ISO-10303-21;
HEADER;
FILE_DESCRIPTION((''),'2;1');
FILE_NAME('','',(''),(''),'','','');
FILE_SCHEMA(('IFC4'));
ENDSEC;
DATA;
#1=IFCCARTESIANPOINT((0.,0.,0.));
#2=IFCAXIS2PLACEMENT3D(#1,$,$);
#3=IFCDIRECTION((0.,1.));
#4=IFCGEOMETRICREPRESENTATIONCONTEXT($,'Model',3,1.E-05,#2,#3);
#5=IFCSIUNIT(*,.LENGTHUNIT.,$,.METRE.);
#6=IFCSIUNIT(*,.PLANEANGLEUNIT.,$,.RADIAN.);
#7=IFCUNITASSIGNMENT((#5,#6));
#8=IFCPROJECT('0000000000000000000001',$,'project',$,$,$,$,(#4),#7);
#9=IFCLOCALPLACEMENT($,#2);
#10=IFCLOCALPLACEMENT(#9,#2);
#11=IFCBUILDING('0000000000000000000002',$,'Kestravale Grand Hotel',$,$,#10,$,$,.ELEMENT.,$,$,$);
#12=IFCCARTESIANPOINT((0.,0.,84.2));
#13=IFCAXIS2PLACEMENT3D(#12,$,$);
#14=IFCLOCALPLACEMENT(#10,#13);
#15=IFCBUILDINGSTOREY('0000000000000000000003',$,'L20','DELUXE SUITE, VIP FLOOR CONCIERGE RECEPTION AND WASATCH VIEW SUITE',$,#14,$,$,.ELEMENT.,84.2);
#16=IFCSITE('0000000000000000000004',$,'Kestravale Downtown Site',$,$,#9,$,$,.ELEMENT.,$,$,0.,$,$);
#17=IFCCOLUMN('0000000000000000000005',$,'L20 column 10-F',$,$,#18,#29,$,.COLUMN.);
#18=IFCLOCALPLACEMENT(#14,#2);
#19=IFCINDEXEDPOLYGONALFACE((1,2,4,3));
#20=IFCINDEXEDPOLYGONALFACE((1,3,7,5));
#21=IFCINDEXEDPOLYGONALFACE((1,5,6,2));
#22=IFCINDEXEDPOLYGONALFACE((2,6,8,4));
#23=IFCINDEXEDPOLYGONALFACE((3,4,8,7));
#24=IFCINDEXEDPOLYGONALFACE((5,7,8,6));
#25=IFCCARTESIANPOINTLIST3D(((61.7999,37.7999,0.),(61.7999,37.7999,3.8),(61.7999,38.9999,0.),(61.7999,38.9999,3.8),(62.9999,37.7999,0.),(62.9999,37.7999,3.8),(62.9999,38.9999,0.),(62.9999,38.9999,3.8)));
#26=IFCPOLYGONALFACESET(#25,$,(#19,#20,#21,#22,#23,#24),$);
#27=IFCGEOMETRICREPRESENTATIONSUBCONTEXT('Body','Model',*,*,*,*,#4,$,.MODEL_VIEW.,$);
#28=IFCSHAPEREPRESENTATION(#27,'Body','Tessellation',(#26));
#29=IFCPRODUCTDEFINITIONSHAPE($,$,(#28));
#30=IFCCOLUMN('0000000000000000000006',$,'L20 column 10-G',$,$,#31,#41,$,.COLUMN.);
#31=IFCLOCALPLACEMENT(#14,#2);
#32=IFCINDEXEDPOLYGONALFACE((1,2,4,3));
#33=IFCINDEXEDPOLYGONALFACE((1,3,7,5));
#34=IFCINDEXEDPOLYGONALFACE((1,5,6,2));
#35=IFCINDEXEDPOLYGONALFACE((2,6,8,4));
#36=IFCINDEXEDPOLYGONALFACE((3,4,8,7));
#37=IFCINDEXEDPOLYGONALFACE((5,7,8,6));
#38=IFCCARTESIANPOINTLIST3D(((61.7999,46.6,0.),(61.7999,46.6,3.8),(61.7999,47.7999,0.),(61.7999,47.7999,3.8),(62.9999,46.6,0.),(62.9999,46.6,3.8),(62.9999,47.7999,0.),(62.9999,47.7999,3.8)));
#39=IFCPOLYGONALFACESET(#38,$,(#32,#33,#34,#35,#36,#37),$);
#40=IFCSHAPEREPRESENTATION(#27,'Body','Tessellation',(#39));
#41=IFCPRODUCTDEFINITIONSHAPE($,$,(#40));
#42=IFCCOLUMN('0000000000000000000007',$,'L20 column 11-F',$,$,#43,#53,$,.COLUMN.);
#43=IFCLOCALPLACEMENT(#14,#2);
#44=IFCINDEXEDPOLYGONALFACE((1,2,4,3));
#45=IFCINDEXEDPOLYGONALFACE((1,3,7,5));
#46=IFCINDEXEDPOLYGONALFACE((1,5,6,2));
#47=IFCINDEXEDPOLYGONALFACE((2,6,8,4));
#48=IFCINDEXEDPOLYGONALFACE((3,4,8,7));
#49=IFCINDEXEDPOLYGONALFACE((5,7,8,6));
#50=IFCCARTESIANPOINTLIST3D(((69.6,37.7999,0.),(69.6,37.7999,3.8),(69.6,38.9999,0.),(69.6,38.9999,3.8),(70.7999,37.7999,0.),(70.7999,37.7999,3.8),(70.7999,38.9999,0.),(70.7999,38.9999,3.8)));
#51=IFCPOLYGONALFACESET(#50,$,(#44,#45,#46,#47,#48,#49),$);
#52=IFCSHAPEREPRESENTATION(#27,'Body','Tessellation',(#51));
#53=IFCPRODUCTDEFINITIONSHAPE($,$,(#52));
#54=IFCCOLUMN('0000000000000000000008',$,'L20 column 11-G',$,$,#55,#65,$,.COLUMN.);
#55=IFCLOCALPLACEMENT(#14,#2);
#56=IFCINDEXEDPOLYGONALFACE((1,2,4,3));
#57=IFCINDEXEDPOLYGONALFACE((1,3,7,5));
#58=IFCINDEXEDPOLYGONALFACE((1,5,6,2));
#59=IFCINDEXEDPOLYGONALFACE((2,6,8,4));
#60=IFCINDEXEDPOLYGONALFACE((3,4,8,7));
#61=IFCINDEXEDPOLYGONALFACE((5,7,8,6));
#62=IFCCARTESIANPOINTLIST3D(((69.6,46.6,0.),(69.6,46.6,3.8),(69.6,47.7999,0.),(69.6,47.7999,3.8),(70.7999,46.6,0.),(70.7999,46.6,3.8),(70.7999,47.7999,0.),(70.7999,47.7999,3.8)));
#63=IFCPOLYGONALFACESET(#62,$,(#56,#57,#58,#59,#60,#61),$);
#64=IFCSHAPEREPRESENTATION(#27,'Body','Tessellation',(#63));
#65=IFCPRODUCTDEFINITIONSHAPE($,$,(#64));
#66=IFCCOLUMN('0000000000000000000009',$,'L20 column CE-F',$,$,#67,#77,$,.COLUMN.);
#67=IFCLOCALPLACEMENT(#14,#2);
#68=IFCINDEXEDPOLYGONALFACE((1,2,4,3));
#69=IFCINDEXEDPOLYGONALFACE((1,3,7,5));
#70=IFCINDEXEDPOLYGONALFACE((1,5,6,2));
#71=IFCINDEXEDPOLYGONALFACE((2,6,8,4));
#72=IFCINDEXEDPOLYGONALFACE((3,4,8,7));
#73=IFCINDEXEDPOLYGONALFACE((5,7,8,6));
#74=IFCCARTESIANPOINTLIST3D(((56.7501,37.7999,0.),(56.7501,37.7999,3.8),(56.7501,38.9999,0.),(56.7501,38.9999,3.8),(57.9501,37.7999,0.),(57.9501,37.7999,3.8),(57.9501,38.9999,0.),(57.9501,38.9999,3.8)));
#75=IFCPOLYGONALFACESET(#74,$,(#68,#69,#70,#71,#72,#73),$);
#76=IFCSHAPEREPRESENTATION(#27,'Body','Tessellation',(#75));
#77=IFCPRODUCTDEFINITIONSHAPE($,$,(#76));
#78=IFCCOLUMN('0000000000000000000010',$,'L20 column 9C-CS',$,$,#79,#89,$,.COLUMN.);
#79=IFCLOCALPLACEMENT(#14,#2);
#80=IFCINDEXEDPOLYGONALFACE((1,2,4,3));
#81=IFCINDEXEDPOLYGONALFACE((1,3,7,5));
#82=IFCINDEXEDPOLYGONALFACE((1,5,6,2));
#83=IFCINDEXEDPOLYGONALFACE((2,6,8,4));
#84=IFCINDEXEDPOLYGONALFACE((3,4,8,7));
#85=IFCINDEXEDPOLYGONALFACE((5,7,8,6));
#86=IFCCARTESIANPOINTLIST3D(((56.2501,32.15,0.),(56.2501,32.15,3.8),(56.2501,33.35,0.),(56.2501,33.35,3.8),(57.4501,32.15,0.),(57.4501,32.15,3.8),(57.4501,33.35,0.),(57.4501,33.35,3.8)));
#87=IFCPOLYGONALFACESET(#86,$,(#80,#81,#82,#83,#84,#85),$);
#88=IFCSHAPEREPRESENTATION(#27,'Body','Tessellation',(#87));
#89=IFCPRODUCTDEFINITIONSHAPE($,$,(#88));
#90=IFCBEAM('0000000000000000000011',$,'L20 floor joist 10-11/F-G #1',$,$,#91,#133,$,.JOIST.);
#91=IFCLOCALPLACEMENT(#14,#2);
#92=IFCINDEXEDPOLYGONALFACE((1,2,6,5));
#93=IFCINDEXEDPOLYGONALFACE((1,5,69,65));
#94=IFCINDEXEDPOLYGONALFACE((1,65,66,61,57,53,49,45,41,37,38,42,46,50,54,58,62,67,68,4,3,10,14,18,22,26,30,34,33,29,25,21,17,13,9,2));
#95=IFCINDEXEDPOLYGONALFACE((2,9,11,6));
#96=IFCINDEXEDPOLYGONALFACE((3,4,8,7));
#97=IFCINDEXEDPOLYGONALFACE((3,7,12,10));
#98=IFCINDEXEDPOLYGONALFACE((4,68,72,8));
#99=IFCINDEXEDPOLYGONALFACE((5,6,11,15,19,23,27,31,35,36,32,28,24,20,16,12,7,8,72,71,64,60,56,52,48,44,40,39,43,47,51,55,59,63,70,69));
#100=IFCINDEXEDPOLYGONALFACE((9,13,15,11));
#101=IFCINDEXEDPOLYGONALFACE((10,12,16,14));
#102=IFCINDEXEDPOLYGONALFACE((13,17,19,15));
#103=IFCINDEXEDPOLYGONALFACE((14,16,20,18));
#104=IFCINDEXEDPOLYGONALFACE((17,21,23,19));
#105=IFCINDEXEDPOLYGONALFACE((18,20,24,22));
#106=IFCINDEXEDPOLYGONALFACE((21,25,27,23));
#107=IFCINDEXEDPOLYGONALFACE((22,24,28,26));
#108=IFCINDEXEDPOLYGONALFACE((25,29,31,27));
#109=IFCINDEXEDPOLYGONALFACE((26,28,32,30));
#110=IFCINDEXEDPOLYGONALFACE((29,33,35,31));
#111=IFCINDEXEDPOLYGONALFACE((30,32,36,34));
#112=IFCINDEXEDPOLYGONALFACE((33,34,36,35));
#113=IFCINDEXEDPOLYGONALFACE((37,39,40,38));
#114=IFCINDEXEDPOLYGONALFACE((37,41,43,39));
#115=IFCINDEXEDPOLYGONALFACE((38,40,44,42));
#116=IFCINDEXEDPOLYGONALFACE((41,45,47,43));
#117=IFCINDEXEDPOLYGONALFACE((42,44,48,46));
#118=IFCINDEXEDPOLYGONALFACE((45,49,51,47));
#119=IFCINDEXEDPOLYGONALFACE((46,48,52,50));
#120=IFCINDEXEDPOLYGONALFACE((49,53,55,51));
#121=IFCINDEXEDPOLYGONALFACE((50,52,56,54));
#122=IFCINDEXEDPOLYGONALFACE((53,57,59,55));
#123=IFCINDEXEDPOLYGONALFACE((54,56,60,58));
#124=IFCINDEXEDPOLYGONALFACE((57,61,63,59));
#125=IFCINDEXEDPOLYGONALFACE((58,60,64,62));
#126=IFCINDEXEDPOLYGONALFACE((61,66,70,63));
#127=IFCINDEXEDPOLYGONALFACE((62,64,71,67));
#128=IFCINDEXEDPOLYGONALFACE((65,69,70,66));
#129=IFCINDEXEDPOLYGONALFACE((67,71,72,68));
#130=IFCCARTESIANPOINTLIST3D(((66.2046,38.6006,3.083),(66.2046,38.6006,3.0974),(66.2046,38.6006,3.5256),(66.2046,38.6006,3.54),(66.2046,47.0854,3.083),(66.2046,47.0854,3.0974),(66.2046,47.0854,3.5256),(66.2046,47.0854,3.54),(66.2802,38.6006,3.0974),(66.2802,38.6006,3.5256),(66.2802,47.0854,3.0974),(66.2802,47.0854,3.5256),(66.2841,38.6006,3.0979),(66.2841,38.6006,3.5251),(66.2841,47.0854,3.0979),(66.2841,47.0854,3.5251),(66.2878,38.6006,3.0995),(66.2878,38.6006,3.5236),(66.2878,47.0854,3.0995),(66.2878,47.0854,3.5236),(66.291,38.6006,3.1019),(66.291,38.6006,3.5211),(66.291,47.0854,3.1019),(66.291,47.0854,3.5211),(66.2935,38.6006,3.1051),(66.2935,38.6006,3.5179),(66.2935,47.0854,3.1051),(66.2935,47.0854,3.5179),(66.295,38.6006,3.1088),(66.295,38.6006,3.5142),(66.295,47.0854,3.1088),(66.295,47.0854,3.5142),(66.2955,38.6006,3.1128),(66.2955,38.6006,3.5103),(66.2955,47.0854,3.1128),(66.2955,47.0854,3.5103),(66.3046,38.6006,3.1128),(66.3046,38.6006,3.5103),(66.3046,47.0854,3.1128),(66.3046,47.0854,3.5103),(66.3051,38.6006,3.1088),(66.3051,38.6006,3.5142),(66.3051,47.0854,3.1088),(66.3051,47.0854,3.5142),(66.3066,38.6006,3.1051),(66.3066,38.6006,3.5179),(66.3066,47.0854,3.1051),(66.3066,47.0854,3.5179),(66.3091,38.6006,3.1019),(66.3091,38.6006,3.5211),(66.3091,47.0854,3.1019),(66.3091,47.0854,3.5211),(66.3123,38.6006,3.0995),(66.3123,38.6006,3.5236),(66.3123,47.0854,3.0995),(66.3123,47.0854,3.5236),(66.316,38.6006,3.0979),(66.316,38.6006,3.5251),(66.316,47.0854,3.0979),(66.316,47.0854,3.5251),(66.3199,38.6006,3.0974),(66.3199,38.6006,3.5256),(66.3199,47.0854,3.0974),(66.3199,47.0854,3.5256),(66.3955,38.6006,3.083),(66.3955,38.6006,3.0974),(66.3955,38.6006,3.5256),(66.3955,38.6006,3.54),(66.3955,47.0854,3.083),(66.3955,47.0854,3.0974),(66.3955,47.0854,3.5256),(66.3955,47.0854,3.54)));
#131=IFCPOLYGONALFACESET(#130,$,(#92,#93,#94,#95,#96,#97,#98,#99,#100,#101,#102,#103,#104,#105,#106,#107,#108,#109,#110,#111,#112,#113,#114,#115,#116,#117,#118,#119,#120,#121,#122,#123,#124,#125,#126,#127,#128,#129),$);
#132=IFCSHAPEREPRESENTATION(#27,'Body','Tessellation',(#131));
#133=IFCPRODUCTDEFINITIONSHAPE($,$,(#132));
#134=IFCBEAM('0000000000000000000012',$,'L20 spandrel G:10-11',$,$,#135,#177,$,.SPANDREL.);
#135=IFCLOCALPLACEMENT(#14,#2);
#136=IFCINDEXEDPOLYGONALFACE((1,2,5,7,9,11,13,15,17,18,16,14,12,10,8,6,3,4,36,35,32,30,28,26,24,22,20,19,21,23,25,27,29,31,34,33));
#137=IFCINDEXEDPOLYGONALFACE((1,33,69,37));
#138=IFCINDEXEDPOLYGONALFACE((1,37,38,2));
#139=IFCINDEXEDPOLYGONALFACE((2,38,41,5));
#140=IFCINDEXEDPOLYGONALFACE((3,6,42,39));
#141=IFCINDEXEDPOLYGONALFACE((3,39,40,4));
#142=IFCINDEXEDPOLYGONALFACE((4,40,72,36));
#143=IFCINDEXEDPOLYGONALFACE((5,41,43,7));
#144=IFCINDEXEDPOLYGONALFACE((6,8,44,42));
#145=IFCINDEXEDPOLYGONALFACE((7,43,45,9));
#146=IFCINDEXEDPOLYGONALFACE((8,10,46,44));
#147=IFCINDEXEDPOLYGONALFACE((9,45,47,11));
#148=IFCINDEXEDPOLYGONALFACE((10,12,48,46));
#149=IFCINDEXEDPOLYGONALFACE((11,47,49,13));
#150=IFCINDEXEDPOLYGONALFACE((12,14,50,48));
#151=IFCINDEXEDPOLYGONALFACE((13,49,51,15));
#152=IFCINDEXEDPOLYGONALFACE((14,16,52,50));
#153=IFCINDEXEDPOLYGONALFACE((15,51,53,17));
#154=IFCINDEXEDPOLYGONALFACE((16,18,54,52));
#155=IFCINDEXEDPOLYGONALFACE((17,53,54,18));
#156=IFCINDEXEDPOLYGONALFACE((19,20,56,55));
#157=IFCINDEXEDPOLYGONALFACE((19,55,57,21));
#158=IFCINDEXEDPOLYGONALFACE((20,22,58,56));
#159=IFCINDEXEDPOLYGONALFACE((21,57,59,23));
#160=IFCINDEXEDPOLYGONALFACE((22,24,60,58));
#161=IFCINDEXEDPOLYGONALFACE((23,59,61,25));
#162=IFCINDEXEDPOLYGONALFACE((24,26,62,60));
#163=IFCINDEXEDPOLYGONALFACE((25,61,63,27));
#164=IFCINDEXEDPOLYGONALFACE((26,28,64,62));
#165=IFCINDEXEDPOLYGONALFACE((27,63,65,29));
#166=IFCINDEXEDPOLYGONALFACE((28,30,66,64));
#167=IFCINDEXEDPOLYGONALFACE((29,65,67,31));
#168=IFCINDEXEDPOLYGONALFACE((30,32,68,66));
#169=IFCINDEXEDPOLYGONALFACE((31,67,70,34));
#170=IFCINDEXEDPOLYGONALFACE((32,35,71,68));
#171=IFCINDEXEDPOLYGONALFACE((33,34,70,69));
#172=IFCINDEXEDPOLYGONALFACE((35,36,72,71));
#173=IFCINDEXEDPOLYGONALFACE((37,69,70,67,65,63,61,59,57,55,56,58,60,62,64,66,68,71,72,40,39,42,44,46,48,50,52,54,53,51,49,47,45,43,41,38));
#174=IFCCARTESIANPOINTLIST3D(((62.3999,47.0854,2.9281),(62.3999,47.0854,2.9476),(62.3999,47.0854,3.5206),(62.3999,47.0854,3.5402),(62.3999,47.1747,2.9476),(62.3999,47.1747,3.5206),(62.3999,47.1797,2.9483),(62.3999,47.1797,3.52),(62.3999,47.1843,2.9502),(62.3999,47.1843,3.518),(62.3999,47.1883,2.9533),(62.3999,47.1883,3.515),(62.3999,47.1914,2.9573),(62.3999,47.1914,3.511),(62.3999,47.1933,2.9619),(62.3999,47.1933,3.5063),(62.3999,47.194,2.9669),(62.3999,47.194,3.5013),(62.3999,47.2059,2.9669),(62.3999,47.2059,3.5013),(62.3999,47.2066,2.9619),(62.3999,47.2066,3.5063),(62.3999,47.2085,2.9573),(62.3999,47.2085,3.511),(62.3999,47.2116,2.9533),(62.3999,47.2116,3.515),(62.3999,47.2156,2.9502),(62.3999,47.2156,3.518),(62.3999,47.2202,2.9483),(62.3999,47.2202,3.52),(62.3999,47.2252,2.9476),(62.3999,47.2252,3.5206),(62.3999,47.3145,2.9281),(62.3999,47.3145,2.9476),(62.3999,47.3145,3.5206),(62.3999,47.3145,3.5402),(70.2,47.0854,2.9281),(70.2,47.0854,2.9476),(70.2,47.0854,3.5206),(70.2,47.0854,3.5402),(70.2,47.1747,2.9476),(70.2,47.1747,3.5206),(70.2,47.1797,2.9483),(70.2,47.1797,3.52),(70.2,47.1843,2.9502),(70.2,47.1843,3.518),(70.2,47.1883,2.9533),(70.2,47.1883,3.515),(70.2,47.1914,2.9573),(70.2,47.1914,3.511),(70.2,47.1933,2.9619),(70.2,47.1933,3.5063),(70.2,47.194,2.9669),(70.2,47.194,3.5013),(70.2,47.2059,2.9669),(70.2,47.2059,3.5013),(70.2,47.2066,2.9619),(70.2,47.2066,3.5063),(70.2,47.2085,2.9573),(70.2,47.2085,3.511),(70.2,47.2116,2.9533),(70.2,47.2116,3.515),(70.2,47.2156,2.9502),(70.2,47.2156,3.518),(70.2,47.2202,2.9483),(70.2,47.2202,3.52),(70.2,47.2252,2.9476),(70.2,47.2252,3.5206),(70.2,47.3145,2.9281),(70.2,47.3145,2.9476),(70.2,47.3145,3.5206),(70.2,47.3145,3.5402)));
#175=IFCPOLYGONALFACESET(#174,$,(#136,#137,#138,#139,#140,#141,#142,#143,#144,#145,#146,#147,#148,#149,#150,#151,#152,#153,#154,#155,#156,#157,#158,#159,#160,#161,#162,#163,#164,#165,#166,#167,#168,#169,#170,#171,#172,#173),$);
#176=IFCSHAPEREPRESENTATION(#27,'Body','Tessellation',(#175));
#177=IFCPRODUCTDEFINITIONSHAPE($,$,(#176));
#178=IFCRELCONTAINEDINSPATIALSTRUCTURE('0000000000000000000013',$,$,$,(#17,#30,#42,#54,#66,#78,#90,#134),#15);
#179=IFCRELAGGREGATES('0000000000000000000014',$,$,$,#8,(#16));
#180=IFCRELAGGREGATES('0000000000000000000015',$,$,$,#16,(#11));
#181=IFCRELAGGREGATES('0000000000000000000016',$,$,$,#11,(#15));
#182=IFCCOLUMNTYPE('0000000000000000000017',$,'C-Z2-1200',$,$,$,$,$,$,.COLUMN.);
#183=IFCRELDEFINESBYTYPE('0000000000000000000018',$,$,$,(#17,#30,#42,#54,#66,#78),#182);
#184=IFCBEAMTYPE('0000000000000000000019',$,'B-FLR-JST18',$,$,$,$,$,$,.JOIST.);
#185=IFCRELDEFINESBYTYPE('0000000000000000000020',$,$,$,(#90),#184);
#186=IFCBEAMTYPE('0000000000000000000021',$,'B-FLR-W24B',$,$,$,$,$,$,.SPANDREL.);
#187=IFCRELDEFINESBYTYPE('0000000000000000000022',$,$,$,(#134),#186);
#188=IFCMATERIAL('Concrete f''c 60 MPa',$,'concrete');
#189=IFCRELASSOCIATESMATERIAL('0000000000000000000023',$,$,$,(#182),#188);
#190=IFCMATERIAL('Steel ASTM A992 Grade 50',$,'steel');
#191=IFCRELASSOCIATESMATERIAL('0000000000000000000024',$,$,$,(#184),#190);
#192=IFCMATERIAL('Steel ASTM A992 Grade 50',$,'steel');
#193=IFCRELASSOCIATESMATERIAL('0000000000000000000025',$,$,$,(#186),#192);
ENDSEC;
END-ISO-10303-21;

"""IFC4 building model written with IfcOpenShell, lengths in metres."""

from ifc_helpers import new_model, si_unit, direction, frame, origin, origin_2d, place, context, subcontext, project, spatial, rectangle, i_section, extrude, material, material_profile, profile_set, type_object, element, save


model = new_model("IFC4")

# Units and contexts
model_context = context("Model", 3, precision=1e-05, world=origin(), true_north=direction((0.0, 1.0)))
body_context = subcontext(model_context, "Body", "Model", "MODEL_VIEW")
ifc_project = project(units=[si_unit("LENGTHUNIT", "METRE"), si_unit("PLANEANGLEUNIT", "RADIAN")], contexts=[model_context])

# Site, building, storey
site_placement = place(None, origin())
site = spatial("IfcSite", under=ifc_project, at=site_placement, Name="Kestravale Downtown Site", CompositionType="ELEMENT", RefElevation=0.0)
building_placement = place(site_placement, origin())
building = spatial("IfcBuilding", under=site, at=building_placement, Name="Kestravale Grand Hotel", CompositionType="ELEMENT")
storey_placement = place(building_placement, frame((0.0, 0.0, 84.2)))
storey = spatial("IfcBuildingStorey", under=building, at=storey_placement, Name="L20", Description="DELUXE SUITE, VIP FLOOR CONCIERGE RECEPTION AND WASATCH VIEW SUITE", CompositionType="ELEMENT", Elevation=84.2)

# Columns
ifc_material_1 = material(Name="Concrete f'c 60 MPa", Category="concrete")
ifc_material_profile_1 = material_profile(ifc_material_1, rectangle(XDim=1.2, YDim=1.2, at=origin_2d()))
ifc_profile_set_1 = profile_set([ifc_material_profile_1], Name="Concrete f'c 60 MPa")
column_type = type_object("IfcColumnType", Name="C-Z2-1200", PredefinedType="COLUMN", material=ifc_profile_set_1)
for number, where, z_axis, x_axis, name in (
    (1, (62.3999, 38.3999, 0.0), (0.0, 0.0, 1.0), (1.0, 0.0, 0.0), "L20 column 10-F"),
    (2, (62.3999, 47.2, 0.0), (0.0, 0.0, 1.0), (1.0, 0.0, 0.0), "L20 column 10-G"),
    (3, (70.2, 38.3999, 0.0), (0.0, 0.0, 1.0), (1.0, 0.0, 0.0), "L20 column 11-F"),
    (4, (70.2, 47.2, 0.0), (0.0, 0.0, 1.0), (1.0, 0.0, 0.0), "L20 column 11-G"),
    (5, (57.3501, 38.3999, 0.0), (0.0, 0.0, 1.0), (1.0, 0.0, 0.0), "L20 column CE-F"),
    (6, (56.8501, 32.75, 0.0), (0.0, 0.0, 1.0), (1.0, 0.0, 0.0), "L20 column 9C-CS"),
):
    element("IfcColumn", number, at=place(storey_placement, frame(where, z_axis=z_axis, x_axis=x_axis)), inside=storey, type_object=column_type, Name=name, PredefinedType="COLUMN", context=body_context, shape_type="SweptSolid", body=[
        extrude(rectangle(XDim=1.2, YDim=1.2, at=origin_2d()), origin(), (0.0, 0.0, 1.0), 3.8),
    ])

# Beams
ifc_material_2 = material(Name="Steel ASTM A992 Grade 50", Category="steel")
ifc_material_profile_2 = material_profile(ifc_material_2, i_section(OverallWidth=0.1909, OverallDepth=0.457, WebThickness=0.009, FlangeThickness=0.0144, FilletRadius=0.0154, at=origin_2d()))
ifc_profile_set_2 = profile_set([ifc_material_profile_2], Name="Steel ASTM A992 Grade 50")
beam_type_1 = type_object("IfcBeamType", Name="B-FLR-JST18", PredefinedType="JOIST", material=ifc_profile_set_2)
beam_1_placement = place(storey_placement, frame((66.3, 38.6006, 3.3115), z_axis=(0.0, 1.0, 0.0), x_axis=(-1.0, 0.0, 0.0)))
element("IfcBeam", 7, at=beam_1_placement, inside=storey, type_object=beam_type_1, Name="L20 floor joist 10-11/F-G #1", PredefinedType="JOIST", context=body_context, shape_type="SweptSolid", body=[
    extrude(i_section(OverallWidth=0.1909, OverallDepth=0.457, WebThickness=0.009, FlangeThickness=0.0144, FilletRadius=0.0154, at=origin_2d()), origin(), (0.0, 0.0, 1.0), 8.4849),
])
ifc_material_3 = material(Name="Steel ASTM A992 Grade 50", Category="steel")
ifc_material_profile_3 = material_profile(ifc_material_3, i_section(OverallWidth=0.229, OverallDepth=0.6121, WebThickness=0.012, FlangeThickness=0.0195, FilletRadius=0.0193, at=origin_2d()))
ifc_profile_set_3 = profile_set([ifc_material_profile_3], Name="Steel ASTM A992 Grade 50")
beam_type_2 = type_object("IfcBeamType", Name="B-FLR-W24B", PredefinedType="SPANDREL", material=ifc_profile_set_3)
beam_2_placement = place(storey_placement, frame((62.3999, 47.2, 3.2341), z_axis=(1.0, 0.0, 0.0), x_axis=(0.0, 1.0, 0.0)))
element("IfcBeam", 8, at=beam_2_placement, inside=storey, type_object=beam_type_2, Name="L20 spandrel G:10-11", PredefinedType="SPANDREL", context=body_context, shape_type="SweptSolid", body=[
    extrude(i_section(OverallWidth=0.229, OverallDepth=0.6121, WebThickness=0.012, FlangeThickness=0.0195, FilletRadius=0.0193, at=origin_2d()), origin(), (0.0, 0.0, 1.0), 7.8),
])

save(model, "model.ifc")
